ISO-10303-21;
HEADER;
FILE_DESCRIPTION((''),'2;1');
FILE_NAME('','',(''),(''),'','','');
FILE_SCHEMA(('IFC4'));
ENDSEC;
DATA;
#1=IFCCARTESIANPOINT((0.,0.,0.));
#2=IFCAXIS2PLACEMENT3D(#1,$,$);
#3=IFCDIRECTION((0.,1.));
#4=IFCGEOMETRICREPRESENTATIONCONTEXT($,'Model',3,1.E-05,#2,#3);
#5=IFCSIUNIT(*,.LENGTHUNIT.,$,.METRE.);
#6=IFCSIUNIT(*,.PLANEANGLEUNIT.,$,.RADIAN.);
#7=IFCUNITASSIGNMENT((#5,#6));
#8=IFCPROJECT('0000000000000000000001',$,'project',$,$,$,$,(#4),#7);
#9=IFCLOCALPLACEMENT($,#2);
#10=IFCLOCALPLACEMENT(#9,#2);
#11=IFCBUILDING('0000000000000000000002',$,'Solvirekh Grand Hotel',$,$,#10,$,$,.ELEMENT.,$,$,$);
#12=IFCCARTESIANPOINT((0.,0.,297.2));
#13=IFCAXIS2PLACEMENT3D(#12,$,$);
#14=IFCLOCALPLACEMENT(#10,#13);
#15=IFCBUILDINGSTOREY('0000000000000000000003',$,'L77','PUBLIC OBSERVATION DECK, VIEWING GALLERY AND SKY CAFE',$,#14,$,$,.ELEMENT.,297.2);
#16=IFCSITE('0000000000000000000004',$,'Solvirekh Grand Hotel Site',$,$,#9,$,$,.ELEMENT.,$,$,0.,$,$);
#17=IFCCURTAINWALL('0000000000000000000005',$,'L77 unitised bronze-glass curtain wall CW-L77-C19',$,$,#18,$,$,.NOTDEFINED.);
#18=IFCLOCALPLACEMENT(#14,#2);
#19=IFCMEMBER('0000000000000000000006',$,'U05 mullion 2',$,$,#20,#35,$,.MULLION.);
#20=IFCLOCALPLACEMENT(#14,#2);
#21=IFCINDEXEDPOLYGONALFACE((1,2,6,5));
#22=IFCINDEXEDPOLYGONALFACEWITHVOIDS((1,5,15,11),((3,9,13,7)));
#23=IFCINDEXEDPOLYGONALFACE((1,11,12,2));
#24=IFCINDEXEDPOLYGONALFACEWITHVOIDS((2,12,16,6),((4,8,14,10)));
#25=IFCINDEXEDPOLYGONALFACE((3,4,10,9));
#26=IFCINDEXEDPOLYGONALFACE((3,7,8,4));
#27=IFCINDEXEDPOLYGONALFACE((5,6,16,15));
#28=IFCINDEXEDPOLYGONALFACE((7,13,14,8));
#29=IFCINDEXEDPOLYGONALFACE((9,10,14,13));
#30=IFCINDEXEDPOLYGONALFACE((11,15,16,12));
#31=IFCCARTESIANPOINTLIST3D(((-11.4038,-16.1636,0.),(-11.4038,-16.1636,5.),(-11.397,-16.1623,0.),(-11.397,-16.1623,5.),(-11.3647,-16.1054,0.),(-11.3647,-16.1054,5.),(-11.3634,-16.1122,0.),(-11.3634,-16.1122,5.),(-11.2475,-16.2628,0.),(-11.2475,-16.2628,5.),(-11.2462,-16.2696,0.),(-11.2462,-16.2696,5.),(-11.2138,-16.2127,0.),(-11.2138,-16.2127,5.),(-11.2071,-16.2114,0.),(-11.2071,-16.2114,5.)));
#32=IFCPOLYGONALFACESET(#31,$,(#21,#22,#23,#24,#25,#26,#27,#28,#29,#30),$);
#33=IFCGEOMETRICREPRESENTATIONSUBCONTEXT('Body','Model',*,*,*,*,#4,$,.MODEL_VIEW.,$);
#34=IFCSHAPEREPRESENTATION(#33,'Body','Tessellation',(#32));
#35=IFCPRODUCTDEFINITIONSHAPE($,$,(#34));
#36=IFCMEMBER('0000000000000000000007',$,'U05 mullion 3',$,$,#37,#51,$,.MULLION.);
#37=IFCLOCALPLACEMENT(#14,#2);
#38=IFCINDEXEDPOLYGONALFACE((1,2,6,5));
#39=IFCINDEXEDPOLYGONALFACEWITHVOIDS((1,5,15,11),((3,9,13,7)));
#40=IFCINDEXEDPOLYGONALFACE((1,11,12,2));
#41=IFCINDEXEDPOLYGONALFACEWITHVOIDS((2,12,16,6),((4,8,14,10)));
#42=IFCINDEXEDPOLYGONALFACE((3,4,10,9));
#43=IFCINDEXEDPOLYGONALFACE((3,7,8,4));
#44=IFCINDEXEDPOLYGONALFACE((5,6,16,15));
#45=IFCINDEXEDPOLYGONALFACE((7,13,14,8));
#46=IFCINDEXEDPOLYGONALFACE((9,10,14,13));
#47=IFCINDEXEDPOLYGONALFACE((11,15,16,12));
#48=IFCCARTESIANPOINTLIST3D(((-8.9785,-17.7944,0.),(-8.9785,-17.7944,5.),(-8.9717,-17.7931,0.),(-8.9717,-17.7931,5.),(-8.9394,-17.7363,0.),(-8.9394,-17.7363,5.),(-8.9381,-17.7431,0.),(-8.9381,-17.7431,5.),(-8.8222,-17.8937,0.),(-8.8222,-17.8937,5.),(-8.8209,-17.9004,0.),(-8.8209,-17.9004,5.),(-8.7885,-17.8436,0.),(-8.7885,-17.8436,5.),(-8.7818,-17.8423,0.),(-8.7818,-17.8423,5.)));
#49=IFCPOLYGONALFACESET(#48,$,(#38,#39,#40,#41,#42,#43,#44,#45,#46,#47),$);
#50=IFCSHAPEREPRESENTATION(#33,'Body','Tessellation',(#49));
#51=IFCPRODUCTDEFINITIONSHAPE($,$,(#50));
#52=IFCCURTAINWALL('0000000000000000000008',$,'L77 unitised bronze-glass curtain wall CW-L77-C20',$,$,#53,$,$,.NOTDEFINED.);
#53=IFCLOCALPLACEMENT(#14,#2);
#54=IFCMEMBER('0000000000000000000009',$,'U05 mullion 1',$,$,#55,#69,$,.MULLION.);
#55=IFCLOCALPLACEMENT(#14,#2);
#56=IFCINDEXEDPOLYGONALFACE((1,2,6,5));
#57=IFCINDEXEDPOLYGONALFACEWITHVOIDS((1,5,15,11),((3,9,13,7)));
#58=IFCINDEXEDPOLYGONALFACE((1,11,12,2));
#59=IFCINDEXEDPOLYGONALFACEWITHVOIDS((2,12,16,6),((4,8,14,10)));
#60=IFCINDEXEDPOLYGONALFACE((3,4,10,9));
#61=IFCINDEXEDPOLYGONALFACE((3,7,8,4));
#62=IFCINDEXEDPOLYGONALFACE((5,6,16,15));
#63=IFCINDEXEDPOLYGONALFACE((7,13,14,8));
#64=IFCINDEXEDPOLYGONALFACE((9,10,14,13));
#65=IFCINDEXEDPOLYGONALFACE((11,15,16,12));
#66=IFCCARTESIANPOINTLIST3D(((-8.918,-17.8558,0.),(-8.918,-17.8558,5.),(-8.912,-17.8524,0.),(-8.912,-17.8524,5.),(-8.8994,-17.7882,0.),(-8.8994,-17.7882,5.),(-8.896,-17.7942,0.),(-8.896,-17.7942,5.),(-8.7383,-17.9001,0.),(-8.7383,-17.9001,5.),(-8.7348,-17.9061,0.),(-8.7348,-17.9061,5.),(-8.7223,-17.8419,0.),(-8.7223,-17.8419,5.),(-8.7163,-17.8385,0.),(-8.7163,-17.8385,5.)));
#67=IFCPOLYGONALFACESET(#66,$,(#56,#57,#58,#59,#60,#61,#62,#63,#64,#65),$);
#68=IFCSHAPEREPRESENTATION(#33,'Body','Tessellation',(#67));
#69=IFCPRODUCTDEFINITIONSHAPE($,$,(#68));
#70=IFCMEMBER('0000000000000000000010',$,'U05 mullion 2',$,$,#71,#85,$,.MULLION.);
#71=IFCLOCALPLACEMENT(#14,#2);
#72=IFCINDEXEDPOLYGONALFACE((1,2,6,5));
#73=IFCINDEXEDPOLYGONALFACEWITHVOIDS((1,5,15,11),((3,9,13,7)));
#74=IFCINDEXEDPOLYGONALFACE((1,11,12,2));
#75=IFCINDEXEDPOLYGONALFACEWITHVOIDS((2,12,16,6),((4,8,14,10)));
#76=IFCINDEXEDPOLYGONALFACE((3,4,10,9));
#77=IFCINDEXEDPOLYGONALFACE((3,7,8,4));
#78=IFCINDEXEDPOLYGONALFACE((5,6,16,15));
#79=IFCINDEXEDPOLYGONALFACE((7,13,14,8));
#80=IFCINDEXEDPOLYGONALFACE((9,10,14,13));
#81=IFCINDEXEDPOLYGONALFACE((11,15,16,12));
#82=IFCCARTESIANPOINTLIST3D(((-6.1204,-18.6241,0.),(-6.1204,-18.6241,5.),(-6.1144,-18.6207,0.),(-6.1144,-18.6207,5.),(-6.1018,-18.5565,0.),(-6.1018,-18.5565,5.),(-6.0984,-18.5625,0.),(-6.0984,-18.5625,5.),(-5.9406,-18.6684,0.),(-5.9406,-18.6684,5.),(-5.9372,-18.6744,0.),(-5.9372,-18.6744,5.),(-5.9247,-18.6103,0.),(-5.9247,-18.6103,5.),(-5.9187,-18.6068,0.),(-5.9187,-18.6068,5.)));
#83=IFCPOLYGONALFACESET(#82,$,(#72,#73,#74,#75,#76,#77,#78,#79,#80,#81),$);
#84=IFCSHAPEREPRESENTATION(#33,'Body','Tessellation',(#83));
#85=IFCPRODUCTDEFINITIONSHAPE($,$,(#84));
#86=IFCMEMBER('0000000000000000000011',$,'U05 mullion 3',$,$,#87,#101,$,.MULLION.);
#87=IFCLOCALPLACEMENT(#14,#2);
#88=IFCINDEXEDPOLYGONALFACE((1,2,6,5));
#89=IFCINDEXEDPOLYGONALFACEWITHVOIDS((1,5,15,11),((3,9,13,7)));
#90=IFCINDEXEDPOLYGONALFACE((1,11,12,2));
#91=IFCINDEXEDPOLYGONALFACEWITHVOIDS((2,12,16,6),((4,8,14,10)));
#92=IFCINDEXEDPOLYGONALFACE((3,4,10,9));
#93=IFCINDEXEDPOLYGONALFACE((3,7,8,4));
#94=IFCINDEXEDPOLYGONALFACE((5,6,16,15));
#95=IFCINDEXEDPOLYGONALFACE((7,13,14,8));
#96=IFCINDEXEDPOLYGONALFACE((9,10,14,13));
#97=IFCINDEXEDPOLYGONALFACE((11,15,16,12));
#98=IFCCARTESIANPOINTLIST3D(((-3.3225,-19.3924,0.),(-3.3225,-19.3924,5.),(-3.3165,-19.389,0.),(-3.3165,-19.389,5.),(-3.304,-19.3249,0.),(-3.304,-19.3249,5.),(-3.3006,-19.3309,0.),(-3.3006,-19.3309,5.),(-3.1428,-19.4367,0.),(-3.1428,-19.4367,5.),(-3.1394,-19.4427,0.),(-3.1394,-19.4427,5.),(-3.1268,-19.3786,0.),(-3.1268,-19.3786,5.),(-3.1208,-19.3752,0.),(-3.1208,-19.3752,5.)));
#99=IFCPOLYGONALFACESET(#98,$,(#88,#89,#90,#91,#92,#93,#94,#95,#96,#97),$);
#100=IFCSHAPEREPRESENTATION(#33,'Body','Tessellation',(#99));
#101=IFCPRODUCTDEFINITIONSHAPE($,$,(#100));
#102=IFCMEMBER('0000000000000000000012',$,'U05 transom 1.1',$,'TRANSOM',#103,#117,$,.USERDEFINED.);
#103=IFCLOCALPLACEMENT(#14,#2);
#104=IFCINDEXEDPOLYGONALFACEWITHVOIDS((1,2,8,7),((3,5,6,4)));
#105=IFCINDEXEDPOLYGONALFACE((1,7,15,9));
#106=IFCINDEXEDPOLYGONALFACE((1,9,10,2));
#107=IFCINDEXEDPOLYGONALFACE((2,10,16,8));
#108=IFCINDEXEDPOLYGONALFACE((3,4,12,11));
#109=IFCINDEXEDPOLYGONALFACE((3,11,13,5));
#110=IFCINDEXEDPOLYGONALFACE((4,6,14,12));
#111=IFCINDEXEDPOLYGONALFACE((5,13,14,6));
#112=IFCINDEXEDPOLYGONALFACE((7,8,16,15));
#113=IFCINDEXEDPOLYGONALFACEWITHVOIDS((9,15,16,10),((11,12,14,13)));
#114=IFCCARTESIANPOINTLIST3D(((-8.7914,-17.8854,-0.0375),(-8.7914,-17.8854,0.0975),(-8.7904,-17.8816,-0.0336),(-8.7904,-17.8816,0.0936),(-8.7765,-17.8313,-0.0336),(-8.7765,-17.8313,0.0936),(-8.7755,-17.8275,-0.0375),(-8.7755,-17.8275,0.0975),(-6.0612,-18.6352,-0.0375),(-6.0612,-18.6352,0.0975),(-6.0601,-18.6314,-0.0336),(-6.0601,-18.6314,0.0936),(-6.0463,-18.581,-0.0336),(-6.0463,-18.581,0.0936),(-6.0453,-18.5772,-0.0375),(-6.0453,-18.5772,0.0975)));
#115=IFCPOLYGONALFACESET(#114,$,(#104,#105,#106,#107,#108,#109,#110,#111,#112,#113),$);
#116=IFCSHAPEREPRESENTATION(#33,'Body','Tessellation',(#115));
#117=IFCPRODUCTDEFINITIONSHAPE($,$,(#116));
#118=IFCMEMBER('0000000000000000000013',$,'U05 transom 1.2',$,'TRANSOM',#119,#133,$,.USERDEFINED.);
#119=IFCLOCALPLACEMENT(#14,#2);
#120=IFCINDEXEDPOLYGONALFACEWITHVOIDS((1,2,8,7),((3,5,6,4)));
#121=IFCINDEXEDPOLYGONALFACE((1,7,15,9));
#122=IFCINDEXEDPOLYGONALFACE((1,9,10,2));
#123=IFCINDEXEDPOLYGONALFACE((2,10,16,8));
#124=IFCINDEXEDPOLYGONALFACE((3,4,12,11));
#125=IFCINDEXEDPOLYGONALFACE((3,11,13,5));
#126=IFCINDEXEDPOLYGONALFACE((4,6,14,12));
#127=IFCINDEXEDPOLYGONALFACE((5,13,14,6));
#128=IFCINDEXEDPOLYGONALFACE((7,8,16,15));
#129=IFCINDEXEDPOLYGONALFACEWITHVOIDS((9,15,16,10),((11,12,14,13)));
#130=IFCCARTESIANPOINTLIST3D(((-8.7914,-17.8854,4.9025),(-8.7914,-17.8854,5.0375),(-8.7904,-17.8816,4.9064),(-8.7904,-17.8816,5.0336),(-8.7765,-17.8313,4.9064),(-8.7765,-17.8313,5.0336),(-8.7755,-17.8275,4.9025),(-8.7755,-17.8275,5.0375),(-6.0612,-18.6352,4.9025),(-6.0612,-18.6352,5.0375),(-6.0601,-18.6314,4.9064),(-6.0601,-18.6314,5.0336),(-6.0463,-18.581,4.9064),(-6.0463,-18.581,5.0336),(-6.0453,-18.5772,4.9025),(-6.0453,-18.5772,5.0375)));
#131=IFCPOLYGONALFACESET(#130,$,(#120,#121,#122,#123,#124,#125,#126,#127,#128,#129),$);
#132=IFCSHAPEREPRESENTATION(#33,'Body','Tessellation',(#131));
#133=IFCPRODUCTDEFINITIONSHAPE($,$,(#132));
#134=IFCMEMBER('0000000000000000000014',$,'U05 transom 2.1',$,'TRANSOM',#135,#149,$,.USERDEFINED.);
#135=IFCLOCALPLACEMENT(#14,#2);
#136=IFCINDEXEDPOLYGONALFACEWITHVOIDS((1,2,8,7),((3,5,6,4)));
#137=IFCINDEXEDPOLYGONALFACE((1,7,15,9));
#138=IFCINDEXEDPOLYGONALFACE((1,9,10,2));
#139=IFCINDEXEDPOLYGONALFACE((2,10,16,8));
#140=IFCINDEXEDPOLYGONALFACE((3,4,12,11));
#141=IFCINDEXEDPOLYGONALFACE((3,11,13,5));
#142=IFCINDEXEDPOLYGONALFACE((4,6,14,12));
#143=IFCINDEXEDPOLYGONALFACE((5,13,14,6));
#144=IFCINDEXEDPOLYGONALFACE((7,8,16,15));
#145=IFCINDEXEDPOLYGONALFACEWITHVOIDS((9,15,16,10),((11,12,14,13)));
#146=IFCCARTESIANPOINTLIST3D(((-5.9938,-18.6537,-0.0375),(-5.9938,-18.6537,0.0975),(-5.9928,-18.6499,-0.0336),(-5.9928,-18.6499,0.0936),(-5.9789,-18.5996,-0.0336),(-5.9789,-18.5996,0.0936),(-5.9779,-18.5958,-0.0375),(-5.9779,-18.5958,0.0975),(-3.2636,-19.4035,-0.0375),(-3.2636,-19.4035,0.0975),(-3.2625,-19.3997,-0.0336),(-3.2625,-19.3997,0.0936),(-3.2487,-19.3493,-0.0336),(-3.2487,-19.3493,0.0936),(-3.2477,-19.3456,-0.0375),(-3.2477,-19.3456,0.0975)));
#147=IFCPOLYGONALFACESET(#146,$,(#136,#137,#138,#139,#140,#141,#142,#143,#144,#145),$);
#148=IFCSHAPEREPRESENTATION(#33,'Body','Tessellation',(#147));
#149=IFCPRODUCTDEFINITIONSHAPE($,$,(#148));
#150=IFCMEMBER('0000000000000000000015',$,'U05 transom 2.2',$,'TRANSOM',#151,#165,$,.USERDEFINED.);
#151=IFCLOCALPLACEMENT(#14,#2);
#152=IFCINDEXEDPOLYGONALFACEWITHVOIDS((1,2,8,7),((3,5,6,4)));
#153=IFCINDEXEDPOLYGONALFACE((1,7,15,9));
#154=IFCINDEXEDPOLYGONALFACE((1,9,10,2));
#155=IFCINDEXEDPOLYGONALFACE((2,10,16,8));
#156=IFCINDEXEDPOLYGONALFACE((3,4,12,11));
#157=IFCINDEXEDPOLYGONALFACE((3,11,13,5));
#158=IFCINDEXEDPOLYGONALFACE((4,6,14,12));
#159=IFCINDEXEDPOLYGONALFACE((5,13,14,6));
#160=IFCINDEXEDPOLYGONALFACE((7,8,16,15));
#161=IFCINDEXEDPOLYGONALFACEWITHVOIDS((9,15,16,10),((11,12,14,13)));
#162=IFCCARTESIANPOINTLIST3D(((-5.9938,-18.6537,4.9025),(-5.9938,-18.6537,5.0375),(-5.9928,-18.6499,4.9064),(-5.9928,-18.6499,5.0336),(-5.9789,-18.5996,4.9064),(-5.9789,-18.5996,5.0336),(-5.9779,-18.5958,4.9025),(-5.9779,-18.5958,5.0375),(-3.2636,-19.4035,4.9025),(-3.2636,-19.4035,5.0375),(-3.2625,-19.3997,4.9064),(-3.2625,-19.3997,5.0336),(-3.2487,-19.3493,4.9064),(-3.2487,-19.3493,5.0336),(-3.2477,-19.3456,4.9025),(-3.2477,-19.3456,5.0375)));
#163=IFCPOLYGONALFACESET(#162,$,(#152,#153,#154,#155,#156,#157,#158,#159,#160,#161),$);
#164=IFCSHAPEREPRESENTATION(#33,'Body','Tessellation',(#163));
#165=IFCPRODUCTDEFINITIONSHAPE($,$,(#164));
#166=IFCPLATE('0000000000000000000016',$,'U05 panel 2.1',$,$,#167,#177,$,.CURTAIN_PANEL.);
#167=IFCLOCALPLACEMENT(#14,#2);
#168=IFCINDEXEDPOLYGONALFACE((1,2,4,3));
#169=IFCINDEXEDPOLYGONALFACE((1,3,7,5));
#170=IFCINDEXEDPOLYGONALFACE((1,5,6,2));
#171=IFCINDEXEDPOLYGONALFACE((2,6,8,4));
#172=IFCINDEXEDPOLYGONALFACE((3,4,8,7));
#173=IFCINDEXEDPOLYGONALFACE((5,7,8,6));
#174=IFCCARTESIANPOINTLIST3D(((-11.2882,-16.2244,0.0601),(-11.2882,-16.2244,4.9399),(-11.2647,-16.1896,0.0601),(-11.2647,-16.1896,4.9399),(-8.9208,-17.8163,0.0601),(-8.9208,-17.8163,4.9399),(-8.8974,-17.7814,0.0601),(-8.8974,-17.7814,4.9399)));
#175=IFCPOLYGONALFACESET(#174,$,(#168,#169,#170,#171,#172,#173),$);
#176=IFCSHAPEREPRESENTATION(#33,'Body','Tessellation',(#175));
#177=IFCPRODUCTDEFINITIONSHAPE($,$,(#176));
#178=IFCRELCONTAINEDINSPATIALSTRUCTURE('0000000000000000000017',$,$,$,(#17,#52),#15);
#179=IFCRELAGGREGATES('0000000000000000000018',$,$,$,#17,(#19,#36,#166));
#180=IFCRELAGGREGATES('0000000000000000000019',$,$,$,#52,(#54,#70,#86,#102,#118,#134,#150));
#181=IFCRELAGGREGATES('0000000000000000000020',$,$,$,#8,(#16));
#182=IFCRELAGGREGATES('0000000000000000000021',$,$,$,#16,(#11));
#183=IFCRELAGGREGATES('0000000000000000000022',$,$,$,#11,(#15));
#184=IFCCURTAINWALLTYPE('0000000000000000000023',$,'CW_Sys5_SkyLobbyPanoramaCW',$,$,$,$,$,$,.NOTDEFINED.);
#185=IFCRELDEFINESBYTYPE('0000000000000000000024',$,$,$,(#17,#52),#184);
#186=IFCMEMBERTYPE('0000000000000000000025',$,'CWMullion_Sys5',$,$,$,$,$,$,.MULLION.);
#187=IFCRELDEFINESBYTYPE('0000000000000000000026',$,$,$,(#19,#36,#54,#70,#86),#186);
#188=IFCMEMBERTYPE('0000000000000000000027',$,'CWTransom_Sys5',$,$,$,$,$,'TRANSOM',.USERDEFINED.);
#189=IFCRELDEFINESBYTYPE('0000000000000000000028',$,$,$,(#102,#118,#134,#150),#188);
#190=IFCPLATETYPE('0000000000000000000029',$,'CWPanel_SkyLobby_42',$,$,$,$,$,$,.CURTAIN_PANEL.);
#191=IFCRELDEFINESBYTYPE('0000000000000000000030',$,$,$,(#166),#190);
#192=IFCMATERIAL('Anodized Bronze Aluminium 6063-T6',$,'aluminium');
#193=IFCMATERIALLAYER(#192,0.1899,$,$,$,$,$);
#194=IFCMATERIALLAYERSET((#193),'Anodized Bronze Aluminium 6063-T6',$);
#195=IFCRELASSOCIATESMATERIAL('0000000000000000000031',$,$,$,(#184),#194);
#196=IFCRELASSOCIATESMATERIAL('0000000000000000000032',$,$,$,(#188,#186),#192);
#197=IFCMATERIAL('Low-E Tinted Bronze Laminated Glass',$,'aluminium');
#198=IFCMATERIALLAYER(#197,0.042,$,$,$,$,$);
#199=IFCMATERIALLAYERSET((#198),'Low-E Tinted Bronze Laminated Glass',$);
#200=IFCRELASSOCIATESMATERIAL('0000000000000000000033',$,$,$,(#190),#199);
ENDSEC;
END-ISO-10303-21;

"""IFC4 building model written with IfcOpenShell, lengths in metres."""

from ifc_helpers import new_model, si_unit, direction, frame, origin, origin_2d, place, context, subcontext, project, spatial, rectangle, hollow_rectangle, extrude, source, transform, mapped, material, layer, layer_set, material_profile, profile_set, type_object, element, aggregate, save


model = new_model("IFC4")

# Units and contexts
model_context = context("Model", 3, precision=1e-05, world=origin(), true_north=direction((0.0, 1.0)))
body_context = subcontext(model_context, "Body", "Model", "MODEL_VIEW")
ifc_project = project(units=[si_unit("LENGTHUNIT", "METRE"), si_unit("PLANEANGLEUNIT", "RADIAN")], contexts=[model_context])

# Site, building, storey
site_placement = place(None, origin())
site = spatial("IfcSite", under=ifc_project, at=site_placement, Name="Solvirekh Grand Hotel Site", CompositionType="ELEMENT", RefElevation=0.0)
building_placement = place(site_placement, origin())
building = spatial("IfcBuilding", under=site, at=building_placement, Name="Solvirekh Grand Hotel", CompositionType="ELEMENT")
storey_placement = place(building_placement, frame((0.0, 0.0, 297.2)))
storey = spatial("IfcBuildingStorey", under=building, at=storey_placement, Name="L77", Description="PUBLIC OBSERVATION DECK, VIEWING GALLERY AND SKY CAFE", CompositionType="ELEMENT", Elevation=297.2)

# Curtain wall
ifc_material_1 = material(Name="Anodized Bronze Aluminium 6063-T6", Category="aluminium")
ifc_layer_1 = layer(ifc_material_1, 0.1899)
ifc_layer_set_1 = layer_set([ifc_layer_1], Name="Anodized Bronze Aluminium 6063-T6")
curtain_wall_type = type_object("IfcCurtainWallType", Name="CW_Sys5_SkyLobbyPanoramaCW", PredefinedType="NOTDEFINED", material=ifc_layer_set_1)
curtain_wall_1_placement = place(storey_placement, origin())
curtain_wall_1 = element("IfcCurtainWall", 1, at=curtain_wall_1_placement, inside=storey, type_object=curtain_wall_type, Name="L77 unitised bronze-glass curtain wall CW-L77-C19", PredefinedType="NOTDEFINED")
ifc_material_profile_1 = material_profile(ifc_material_1, hollow_rectangle(XDim=0.0601, YDim=0.135, WallThickness=0.0039, at=origin_2d()), Name="ALU RHS 135X60X4")
ifc_profile_set_1 = profile_set([ifc_material_profile_1], Name="Anodized Bronze Aluminium 6063-T6")
member_type_1 = type_object("IfcMemberType", Name="CWTransom_Sys5", ElementType="TRANSOM", PredefinedType="USERDEFINED", material=ifc_profile_set_1)
ifc_material_profile_2 = material_profile(ifc_material_1, hollow_rectangle(XDim=0.0701, YDim=0.1899, WallThickness=0.0049, at=origin_2d()), Name="ALU RHS 190X70X5")
ifc_profile_set_2 = profile_set([ifc_material_profile_2], Name="Anodized Bronze Aluminium 6063-T6")
member_type_2 = type_object("IfcMemberType", Name="CWMullion_Sys5", PredefinedType="MULLION", material=ifc_profile_set_2)
shared_shape_1 = source(origin(), body_context, "Body", "SweptSolid", [
    extrude(hollow_rectangle(XDim=0.0701, YDim=0.1899, WallThickness=0.0049, at=origin_2d()), origin(), (0.0, 0.0, 1.0), 5.0),
])

# Members
member_1_placement = place(storey_placement, frame((-11.3054, -16.1875, 0.0), z_axis=(0.0, 0.0, 1.0), x_axis=(0.558012, 0.829833, 0.0)))
member_1 = element("IfcMember", 2, at=member_1_placement, type_object=member_type_2, Name="U05 mullion 2", PredefinedType="MULLION", context=body_context, shape_type="MappedRepresentation", body=[
    mapped(shared_shape_1, transform((0.0, 0.0, 0.0), x_axis=(1.0, 0.0, 0.0), y_axis=(0.0, 1.0, 0.0), z_axis=(0.0, 0.0, 1.0), scale=1.0)),
])
member_2_placement = place(storey_placement, frame((-8.8801, -17.8184, 0.0), z_axis=(0.0, 0.0, 1.0), x_axis=(0.558012, 0.829833, 0.0)))
member_2 = element("IfcMember", 3, at=member_2_placement, type_object=member_type_2, Name="U05 mullion 3", PredefinedType="MULLION", context=body_context, shape_type="MappedRepresentation", body=[
    mapped(shared_shape_1, transform((0.0, 0.0, 0.0), x_axis=(1.0, 0.0, 0.0), y_axis=(0.0, 1.0, 0.0), z_axis=(0.0, 0.0, 1.0), scale=1.0)),
])

# Curtain wall, members
curtain_wall_2_placement = place(storey_placement, origin())
curtain_wall_2 = element("IfcCurtainWall", 4, at=curtain_wall_2_placement, inside=storey, type_object=curtain_wall_type, Name="L77 unitised bronze-glass curtain wall CW-L77-C20", PredefinedType="NOTDEFINED")
member_3_placement = place(storey_placement, frame((-8.8171, -17.8472, 0.0), z_axis=(0.0, 0.0, 1.0), x_axis=(0.264788, 0.964307, 0.0)))
member_3 = element("IfcMember", 5, at=member_3_placement, type_object=member_type_2, Name="U05 mullion 1", PredefinedType="MULLION", context=body_context, shape_type="MappedRepresentation", body=[
    mapped(shared_shape_1, transform((0.0, 0.0, 0.0), x_axis=(1.0, 0.0, 0.0), y_axis=(0.0, 1.0, 0.0), z_axis=(0.0, 0.0, 1.0), scale=1.0)),
])
member_4_placement = place(storey_placement, frame((-6.0195, -18.6155, 0.0), z_axis=(0.0, 0.0, 1.0), x_axis=(0.264788, 0.964307, 0.0)))
member_4 = element("IfcMember", 6, at=member_4_placement, type_object=member_type_2, Name="U05 mullion 2", PredefinedType="MULLION", context=body_context, shape_type="MappedRepresentation", body=[
    mapped(shared_shape_1, transform((0.0, 0.0, 0.0), x_axis=(1.0, 0.0, 0.0), y_axis=(0.0, 1.0, 0.0), z_axis=(0.0, 0.0, 1.0), scale=1.0)),
])
member_5_placement = place(storey_placement, frame((-3.2217, -19.3838, 0.0), z_axis=(0.0, 0.0, 1.0), x_axis=(0.264788, 0.964307, 0.0)))
member_5 = element("IfcMember", 7, at=member_5_placement, type_object=member_type_2, Name="U05 mullion 3", PredefinedType="MULLION", context=body_context, shape_type="MappedRepresentation", body=[
    mapped(shared_shape_1, transform((0.0, 0.0, 0.0), x_axis=(1.0, 0.0, 0.0), y_axis=(0.0, 1.0, 0.0), z_axis=(0.0, 0.0, 1.0), scale=1.0)),
])
shared_shape_2 = source(origin(), body_context, "Body", "SweptSolid", [
    extrude(hollow_rectangle(XDim=0.0601, YDim=0.135, WallThickness=0.0039, at=origin_2d()), origin(), (0.0, 0.0, 1.0), 2.8313),
])
member_6_placement = place(storey_placement, frame((-8.7834, -17.8564, 0.03), z_axis=(0.964301, -0.26481, 0.0), x_axis=(0.26481, 0.964301, 0.0)))
member_6 = element("IfcMember", 8, at=member_6_placement, type_object=member_type_1, Name="U05 transom 1.1", ObjectType="TRANSOM", PredefinedType="USERDEFINED", context=body_context, shape_type="MappedRepresentation", body=[
    mapped(shared_shape_2, transform((0.0, 0.0, 0.0), x_axis=(1.0, 0.0, 0.0), y_axis=(0.0, 1.0, 0.0), z_axis=(0.0, 0.0, 1.0), scale=1.0)),
])
member_7_placement = place(storey_placement, frame((-8.7834, -17.8564, 4.97), z_axis=(0.964301, -0.26481, 0.0), x_axis=(0.26481, 0.964301, 0.0)))
member_7 = element("IfcMember", 9, at=member_7_placement, type_object=member_type_1, Name="U05 transom 1.2", ObjectType="TRANSOM", PredefinedType="USERDEFINED", context=body_context, shape_type="MappedRepresentation", body=[
    mapped(shared_shape_2, transform((0.0, 0.0, 0.0), x_axis=(1.0, 0.0, 0.0), y_axis=(0.0, 1.0, 0.0), z_axis=(0.0, 0.0, 1.0), scale=1.0)),
])
member_8_placement = place(storey_placement, frame((-5.9858, -18.6248, 0.03), z_axis=(0.964301, -0.26481, 0.0), x_axis=(0.26481, 0.964301, 0.0)))
member_8 = element("IfcMember", 10, at=member_8_placement, type_object=member_type_1, Name="U05 transom 2.1", ObjectType="TRANSOM", PredefinedType="USERDEFINED", context=body_context, shape_type="MappedRepresentation", body=[
    mapped(shared_shape_2, transform((0.0, 0.0, 0.0), x_axis=(1.0, 0.0, 0.0), y_axis=(0.0, 1.0, 0.0), z_axis=(0.0, 0.0, 1.0), scale=1.0)),
])
member_9_placement = place(storey_placement, frame((-5.9858, -18.6248, 4.97), z_axis=(0.964301, -0.26481, 0.0), x_axis=(0.26481, 0.964301, 0.0)))
member_9 = element("IfcMember", 11, at=member_9_placement, type_object=member_type_1, Name="U05 transom 2.2", ObjectType="TRANSOM", PredefinedType="USERDEFINED", context=body_context, shape_type="MappedRepresentation", body=[
    mapped(shared_shape_2, transform((0.0, 0.0, 0.0), x_axis=(1.0, 0.0, 0.0), y_axis=(0.0, 1.0, 0.0), z_axis=(0.0, 0.0, 1.0), scale=1.0)),
])

# Plate
ifc_material_2 = material(Name="Low-E Tinted Bronze Laminated Glass", Category="aluminium")
ifc_layer_2 = layer(ifc_material_2, 0.042)
ifc_layer_set_2 = layer_set([ifc_layer_2], Name="Low-E Tinted Bronze Laminated Glass")
plate_type = type_object("IfcPlateType", Name="CWPanel_SkyLobby_42", PredefinedType="CURTAIN_PANEL", material=ifc_layer_set_2)
shared_shape_3 = source(origin(), body_context, "Body", "SweptSolid", [
    extrude(rectangle(XDim=2.8528, YDim=0.042, at=origin_2d()), origin(), (0.0, 0.0, 1.0), 4.8799),
])
plate_1_placement = place(storey_placement, frame((-10.0928, -17.0029, 0.0601), z_axis=(0.0, 0.0, 1.0), x_axis=(0.829833, -0.558012, 0.0)))
plate_1 = element("IfcPlate", 12, at=plate_1_placement, type_object=plate_type, Name="U05 panel 2.1", PredefinedType="CURTAIN_PANEL", context=body_context, shape_type="MappedRepresentation", body=[
    mapped(shared_shape_3, transform((0.0, 0.0, 0.0), x_axis=(1.0, 0.0, 0.0), y_axis=(0.0, 1.0, 0.0), z_axis=(0.0, 0.0, 1.0), scale=1.0)),
])
aggregate(curtain_wall_1, [member_1, member_2, plate_1])
aggregate(curtain_wall_2, [member_3, member_4, member_5, member_6, member_7, member_8, member_9])

save(model, "model.ifc")
